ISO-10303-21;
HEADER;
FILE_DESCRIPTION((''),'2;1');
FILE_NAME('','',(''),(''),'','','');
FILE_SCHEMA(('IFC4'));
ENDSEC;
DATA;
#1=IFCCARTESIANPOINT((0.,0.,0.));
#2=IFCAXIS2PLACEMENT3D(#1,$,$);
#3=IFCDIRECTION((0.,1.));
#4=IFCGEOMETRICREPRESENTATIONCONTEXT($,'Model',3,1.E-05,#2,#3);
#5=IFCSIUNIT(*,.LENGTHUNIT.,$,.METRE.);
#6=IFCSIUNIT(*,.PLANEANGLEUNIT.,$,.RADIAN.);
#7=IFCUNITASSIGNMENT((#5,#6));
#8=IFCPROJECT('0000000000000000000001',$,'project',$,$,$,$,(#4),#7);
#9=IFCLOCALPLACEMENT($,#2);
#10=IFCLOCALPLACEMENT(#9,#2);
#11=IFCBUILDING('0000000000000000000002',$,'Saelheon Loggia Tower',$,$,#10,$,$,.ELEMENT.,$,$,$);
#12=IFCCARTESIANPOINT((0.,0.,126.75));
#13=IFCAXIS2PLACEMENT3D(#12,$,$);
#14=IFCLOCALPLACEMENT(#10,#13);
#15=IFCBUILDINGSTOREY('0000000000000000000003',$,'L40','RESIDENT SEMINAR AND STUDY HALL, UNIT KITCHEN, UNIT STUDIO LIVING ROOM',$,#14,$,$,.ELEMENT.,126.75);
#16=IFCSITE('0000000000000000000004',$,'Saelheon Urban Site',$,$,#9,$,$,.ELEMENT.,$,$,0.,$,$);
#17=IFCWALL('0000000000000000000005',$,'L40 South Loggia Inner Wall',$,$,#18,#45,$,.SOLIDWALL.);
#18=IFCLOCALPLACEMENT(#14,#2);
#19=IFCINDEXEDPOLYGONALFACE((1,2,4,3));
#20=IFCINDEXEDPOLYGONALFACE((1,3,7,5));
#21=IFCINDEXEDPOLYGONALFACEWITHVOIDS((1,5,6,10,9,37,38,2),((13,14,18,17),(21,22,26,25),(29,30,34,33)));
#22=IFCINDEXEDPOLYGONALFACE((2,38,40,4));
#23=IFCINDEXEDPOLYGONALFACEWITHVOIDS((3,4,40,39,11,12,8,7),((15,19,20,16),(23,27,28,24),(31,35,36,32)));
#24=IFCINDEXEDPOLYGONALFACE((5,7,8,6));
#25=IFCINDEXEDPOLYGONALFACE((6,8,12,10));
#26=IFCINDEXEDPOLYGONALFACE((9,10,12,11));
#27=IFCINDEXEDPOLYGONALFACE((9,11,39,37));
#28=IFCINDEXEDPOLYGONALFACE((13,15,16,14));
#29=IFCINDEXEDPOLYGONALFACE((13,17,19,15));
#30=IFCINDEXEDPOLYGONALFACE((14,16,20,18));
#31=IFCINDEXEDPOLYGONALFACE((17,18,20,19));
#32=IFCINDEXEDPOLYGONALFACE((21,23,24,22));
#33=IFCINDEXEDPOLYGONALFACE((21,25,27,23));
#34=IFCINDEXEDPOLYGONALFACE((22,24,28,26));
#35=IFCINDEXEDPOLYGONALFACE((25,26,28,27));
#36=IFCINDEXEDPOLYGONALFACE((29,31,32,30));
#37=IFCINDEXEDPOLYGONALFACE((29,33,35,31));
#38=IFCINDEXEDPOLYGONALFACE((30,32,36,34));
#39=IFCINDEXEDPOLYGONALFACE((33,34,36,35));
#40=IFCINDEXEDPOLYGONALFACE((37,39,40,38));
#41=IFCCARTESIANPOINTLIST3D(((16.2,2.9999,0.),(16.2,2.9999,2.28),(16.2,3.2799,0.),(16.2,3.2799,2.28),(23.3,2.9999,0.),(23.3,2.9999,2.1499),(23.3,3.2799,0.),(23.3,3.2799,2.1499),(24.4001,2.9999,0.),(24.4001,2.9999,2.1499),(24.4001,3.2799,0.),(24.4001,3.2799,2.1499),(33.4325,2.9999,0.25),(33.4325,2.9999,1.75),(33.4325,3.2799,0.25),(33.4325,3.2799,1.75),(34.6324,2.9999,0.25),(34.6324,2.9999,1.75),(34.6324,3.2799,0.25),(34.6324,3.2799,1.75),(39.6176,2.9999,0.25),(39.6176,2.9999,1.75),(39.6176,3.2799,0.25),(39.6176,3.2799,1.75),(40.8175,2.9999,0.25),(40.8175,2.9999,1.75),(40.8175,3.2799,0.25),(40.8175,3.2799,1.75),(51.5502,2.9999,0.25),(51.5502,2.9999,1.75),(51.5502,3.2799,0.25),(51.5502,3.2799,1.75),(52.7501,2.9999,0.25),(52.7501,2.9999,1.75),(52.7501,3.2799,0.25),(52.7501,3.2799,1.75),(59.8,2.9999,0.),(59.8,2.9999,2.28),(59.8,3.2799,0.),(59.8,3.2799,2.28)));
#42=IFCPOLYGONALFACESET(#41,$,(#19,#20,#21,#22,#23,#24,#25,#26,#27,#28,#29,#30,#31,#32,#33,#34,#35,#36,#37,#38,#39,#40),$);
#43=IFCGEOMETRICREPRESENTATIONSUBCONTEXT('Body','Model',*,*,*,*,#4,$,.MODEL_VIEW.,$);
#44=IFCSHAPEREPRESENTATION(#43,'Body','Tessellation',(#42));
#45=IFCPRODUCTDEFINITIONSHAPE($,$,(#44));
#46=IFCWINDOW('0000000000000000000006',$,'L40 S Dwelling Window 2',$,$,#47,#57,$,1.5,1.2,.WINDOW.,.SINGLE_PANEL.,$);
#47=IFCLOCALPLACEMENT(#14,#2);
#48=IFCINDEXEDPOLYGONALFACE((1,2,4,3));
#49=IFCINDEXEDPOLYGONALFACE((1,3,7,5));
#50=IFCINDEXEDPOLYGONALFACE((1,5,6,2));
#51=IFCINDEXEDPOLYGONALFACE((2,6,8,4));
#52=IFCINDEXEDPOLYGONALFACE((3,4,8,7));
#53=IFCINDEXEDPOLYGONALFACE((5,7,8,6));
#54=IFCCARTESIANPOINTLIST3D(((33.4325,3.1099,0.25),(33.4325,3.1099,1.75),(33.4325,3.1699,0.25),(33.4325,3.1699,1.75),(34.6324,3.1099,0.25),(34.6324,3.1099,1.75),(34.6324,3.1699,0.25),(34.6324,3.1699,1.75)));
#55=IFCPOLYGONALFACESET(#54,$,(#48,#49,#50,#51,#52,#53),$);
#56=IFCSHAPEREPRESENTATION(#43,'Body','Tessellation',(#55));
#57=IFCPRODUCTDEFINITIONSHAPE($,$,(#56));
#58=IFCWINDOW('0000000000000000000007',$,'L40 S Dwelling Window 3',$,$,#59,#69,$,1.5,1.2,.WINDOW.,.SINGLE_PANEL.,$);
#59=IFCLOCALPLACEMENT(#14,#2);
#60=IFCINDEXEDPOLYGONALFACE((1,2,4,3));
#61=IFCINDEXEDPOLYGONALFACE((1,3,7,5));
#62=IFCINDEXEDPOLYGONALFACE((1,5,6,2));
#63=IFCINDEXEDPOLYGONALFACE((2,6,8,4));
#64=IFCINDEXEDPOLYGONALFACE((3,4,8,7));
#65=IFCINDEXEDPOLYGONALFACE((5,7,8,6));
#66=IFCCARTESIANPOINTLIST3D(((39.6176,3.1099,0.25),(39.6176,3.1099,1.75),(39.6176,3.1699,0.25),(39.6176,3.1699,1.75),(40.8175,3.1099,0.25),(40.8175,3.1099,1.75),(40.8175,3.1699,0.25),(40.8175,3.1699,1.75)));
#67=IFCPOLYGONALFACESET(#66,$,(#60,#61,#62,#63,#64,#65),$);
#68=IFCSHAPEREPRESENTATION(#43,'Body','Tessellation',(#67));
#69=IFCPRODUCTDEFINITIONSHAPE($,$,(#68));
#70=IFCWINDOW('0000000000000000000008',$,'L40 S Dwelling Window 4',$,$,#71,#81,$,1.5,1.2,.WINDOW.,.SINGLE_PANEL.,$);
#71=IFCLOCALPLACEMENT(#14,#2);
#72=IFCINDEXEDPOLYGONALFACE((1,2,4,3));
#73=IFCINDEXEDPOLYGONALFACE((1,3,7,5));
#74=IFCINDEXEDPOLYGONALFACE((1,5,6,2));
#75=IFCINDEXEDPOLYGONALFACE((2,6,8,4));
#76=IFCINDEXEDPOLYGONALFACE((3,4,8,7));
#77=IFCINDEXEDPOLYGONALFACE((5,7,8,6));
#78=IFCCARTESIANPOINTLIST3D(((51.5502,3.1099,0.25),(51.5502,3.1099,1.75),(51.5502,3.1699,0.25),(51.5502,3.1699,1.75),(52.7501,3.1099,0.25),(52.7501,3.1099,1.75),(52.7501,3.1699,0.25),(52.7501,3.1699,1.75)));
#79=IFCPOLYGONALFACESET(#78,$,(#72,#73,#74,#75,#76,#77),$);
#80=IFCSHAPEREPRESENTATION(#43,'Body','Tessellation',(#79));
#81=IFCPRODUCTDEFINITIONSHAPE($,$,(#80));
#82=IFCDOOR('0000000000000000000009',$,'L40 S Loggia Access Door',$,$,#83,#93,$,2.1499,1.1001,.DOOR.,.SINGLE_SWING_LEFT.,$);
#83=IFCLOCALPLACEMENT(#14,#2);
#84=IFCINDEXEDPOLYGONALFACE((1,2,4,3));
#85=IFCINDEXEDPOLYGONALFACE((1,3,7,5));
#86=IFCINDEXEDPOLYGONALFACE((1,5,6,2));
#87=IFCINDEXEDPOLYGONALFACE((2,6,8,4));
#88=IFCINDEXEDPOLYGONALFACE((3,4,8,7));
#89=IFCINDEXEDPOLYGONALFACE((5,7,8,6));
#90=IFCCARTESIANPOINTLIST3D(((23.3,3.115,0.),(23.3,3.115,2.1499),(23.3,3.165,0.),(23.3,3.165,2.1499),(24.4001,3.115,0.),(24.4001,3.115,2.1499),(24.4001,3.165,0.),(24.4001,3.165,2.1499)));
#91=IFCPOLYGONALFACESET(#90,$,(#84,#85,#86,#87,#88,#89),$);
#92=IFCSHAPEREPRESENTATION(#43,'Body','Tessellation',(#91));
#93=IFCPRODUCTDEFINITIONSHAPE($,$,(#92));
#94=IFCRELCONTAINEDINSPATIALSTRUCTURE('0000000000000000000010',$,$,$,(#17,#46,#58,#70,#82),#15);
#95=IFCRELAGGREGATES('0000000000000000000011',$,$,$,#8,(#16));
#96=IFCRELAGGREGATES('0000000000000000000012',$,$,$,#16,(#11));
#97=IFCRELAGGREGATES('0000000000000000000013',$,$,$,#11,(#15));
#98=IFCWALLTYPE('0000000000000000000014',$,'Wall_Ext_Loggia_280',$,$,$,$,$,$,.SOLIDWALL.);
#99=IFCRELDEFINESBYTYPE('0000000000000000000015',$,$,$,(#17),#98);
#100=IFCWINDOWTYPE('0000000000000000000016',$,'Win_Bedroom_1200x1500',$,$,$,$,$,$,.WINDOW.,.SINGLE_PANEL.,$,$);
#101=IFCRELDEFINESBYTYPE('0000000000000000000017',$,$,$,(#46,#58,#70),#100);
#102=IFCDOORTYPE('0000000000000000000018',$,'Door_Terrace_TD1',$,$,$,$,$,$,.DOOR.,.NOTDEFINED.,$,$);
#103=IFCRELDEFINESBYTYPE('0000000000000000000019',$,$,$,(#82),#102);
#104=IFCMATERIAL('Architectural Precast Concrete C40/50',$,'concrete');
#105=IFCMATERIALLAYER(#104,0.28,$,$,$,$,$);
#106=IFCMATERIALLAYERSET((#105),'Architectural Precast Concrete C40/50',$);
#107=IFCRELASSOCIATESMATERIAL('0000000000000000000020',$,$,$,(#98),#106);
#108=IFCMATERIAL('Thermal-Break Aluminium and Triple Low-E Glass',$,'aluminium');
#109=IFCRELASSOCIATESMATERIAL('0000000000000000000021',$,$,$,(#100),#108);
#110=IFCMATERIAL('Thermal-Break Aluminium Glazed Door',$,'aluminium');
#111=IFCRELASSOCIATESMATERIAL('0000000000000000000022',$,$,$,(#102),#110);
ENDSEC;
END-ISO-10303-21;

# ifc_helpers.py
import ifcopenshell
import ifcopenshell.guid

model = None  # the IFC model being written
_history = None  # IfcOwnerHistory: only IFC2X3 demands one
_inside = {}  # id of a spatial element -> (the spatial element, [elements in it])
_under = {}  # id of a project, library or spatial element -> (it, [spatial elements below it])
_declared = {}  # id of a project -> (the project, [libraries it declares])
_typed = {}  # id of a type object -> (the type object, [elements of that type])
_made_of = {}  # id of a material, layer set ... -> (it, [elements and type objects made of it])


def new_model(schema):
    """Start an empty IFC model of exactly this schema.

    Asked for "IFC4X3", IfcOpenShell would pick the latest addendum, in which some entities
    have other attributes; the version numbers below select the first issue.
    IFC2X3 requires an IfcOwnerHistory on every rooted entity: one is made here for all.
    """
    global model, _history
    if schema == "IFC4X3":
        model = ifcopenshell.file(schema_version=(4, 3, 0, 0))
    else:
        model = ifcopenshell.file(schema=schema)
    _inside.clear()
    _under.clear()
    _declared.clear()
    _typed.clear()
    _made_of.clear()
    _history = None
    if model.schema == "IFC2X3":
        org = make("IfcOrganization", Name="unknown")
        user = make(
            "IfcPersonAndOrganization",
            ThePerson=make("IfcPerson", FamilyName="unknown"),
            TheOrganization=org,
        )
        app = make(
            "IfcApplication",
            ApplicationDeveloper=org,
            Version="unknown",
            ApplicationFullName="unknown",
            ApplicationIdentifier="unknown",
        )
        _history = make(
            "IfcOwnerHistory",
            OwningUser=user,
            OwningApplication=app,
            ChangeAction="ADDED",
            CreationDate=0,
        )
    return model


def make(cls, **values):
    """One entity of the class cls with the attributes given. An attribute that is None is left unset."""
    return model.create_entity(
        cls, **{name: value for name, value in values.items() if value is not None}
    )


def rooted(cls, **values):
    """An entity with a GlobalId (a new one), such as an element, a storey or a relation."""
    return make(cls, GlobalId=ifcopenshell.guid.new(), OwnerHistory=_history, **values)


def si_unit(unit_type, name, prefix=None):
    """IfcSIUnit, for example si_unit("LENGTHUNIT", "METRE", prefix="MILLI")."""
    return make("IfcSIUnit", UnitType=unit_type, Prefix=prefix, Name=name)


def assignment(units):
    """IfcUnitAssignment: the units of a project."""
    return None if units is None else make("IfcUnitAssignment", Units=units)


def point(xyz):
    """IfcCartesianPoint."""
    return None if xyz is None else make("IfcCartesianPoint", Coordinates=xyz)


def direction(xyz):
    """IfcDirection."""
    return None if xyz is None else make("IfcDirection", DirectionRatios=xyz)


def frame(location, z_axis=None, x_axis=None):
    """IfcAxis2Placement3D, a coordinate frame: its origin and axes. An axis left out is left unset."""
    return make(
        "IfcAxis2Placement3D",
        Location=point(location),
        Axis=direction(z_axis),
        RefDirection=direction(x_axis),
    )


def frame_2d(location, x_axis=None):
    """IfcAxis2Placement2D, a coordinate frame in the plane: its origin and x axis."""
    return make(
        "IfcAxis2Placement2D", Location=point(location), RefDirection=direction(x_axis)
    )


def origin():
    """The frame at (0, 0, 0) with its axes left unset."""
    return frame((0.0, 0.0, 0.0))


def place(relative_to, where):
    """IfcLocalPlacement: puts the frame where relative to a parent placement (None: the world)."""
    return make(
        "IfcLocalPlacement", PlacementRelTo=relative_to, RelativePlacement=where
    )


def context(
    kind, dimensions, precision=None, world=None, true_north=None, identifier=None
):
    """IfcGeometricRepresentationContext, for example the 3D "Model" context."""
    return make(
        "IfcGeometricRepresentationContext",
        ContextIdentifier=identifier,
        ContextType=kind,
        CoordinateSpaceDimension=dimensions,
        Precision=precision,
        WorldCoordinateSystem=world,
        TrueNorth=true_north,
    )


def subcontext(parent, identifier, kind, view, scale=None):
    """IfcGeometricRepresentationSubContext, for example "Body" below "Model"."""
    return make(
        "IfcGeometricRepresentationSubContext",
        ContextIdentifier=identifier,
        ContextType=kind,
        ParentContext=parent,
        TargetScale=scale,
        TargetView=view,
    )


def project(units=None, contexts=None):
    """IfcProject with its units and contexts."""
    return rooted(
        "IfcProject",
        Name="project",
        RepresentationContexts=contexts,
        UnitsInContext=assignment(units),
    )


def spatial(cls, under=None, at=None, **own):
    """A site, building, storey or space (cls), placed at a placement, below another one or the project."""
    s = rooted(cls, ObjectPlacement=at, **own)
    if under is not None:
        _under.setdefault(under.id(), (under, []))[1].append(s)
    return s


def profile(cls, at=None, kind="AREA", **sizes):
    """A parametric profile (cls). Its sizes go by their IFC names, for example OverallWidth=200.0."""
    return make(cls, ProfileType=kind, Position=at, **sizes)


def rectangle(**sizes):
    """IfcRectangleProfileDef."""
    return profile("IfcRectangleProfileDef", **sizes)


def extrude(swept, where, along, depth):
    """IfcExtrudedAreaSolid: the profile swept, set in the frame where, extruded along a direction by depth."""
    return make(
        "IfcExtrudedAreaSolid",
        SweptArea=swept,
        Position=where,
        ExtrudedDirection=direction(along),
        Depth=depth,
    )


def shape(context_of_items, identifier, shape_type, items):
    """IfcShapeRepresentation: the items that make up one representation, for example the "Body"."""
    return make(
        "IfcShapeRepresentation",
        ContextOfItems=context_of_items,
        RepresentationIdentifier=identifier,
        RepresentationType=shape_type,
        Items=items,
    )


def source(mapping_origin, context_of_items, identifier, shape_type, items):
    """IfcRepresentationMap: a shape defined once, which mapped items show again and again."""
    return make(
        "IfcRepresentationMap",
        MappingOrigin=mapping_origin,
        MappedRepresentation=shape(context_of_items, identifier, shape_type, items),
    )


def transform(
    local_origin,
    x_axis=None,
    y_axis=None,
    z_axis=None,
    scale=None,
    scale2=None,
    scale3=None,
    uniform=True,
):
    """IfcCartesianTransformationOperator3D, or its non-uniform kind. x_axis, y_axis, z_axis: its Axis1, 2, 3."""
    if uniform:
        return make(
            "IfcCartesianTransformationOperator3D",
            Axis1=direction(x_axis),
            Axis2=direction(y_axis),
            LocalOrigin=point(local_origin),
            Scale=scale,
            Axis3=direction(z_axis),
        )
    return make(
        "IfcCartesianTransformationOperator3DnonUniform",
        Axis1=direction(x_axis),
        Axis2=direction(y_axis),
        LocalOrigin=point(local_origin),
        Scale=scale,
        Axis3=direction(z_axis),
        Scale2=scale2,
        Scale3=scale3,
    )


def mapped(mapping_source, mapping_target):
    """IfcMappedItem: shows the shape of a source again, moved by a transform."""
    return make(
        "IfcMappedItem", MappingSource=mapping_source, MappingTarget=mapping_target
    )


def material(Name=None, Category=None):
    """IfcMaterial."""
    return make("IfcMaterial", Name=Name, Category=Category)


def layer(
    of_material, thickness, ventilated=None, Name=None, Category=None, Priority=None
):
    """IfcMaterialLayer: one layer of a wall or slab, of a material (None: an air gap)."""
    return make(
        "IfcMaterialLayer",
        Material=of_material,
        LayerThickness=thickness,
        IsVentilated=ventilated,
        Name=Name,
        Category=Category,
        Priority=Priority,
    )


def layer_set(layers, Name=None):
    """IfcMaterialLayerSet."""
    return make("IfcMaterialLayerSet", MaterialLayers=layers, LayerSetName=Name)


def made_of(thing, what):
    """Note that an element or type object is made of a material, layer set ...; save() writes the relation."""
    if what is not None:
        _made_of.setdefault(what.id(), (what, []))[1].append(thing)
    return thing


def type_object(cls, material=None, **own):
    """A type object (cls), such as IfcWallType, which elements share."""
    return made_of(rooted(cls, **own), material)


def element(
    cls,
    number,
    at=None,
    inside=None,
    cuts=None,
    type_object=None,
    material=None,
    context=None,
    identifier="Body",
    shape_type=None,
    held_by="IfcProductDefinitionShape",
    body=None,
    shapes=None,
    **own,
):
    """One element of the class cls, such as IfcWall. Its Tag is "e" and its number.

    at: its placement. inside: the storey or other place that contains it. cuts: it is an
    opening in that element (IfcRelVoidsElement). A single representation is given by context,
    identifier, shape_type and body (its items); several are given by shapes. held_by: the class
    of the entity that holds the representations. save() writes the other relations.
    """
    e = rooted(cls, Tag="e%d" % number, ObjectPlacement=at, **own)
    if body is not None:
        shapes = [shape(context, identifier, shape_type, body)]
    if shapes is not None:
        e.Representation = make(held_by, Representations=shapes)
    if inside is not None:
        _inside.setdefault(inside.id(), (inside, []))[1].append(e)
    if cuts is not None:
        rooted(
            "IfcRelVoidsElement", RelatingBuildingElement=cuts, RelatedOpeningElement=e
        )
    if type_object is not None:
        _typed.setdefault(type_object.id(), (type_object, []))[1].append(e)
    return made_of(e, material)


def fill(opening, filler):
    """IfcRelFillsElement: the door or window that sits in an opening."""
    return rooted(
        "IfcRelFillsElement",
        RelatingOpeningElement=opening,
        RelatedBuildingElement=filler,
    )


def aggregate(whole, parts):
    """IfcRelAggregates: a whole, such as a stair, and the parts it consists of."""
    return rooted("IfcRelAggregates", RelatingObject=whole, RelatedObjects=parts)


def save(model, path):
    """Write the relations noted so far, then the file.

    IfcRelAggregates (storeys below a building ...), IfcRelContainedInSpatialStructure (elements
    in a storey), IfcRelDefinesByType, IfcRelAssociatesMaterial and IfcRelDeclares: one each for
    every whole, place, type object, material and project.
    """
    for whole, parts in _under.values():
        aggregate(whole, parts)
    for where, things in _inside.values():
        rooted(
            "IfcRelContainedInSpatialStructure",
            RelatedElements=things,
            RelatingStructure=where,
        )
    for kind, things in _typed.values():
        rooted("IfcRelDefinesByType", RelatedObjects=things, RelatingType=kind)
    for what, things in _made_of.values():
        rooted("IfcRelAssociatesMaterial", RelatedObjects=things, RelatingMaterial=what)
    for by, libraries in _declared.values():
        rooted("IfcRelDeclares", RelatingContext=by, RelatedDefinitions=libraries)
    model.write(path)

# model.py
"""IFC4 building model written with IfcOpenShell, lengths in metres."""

from ifc_helpers import new_model, si_unit, direction, frame, frame_2d, origin, place, context, subcontext, project, spatial, rectangle, extrude, source, transform, mapped, material, layer, layer_set, type_object, element, fill, save


model = new_model("IFC4")

# Units and contexts
model_context = context("Model", 3, precision=1e-05, world=origin(), true_north=direction((0.0, 1.0)))
body_context = subcontext(model_context, "Body", "Model", "MODEL_VIEW")
ifc_project = project(units=[si_unit("LENGTHUNIT", "METRE"), si_unit("PLANEANGLEUNIT", "RADIAN")], contexts=[model_context])

# Site, building, storey
site_placement = place(None, origin())
site = spatial("IfcSite", under=ifc_project, at=site_placement, Name="Saelheon Urban Site", CompositionType="ELEMENT", RefElevation=0.0)
building_placement = place(site_placement, origin())
building = spatial("IfcBuilding", under=site, at=building_placement, Name="Saelheon Loggia Tower", CompositionType="ELEMENT")
storey_placement = place(building_placement, frame((0.0, 0.0, 126.75)))
storey = spatial("IfcBuildingStorey", under=building, at=storey_placement, Name="L40", Description="RESIDENT SEMINAR AND STUDY HALL, UNIT KITCHEN, UNIT STUDIO LIVING ROOM", CompositionType="ELEMENT", Elevation=126.75)

# Wall, openings, windows, door
ifc_material_1 = material(Name="Architectural Precast Concrete C40/50", Category="concrete")
ifc_layer_1 = layer(ifc_material_1, 0.28)
ifc_layer_set_1 = layer_set([ifc_layer_1], Name="Architectural Precast Concrete C40/50")
wall_type = type_object("IfcWallType", Name="Wall_Ext_Loggia_280", PredefinedType="SOLIDWALL", material=ifc_layer_set_1)
wall_placement = place(storey_placement, frame((16.2, 3.1399, 0.0), z_axis=(0.0, 0.0, 1.0), x_axis=(1.0, 0.0, 0.0)))
wall = element("IfcWall", 1, at=wall_placement, inside=storey, type_object=wall_type, Name="L40 South Loggia Inner Wall", PredefinedType="SOLIDWALL", context=body_context, shape_type="SweptSolid", body=[
    extrude(rectangle(XDim=43.6001, YDim=0.28, at=frame_2d((21.8, 0.0))), origin(), (0.0, 0.0, 1.0), 2.28),
])
opening_1_placement = place(wall_placement, frame((8.2002, 0.0, 0.0), z_axis=(0.0, 0.0, 1.0), x_axis=(-1.0, 0.0, 0.0)))
opening_1 = element("IfcOpeningElement", 2, at=opening_1_placement, cuts=wall, PredefinedType="OPENING", context=body_context, shape_type="SweptSolid", body=[
    extrude(rectangle(XDim=1.1001, YDim=2.1499, at=frame_2d((0.55, 1.075))), frame((0.0, 0.1521, 0.0), z_axis=(0.0, -1.0, 0.0), x_axis=(1.0, 0.0, 0.0)), (0.0, 0.0, 1.0), 0.304),
])
opening_2_placement = place(wall_placement, frame((17.2324, 0.0, 0.25)))
opening_2 = element("IfcOpeningElement", 3, at=opening_2_placement, cuts=wall, PredefinedType="OPENING", context=body_context, shape_type="SweptSolid", body=[
    extrude(rectangle(XDim=1.2, YDim=1.5, at=frame_2d((0.6001, 0.75))), frame((0.0, 0.1521, 0.0), z_axis=(0.0, -1.0, 0.0), x_axis=(1.0, 0.0, 0.0)), (0.0, 0.0, 1.0), 0.304),
])
opening_3_placement = place(wall_placement, frame((23.4175, 0.0, 0.25)))
opening_3 = element("IfcOpeningElement", 4, at=opening_3_placement, cuts=wall, PredefinedType="OPENING", context=body_context, shape_type="SweptSolid", body=[
    extrude(rectangle(XDim=1.2, YDim=1.5, at=frame_2d((0.6001, 0.75))), frame((0.0, 0.1521, 0.0), z_axis=(0.0, -1.0, 0.0), x_axis=(1.0, 0.0, 0.0)), (0.0, 0.0, 1.0), 0.304),
])
opening_4_placement = place(wall_placement, frame((35.3501, 0.0, 0.25)))
opening_4 = element("IfcOpeningElement", 5, at=opening_4_placement, cuts=wall, PredefinedType="OPENING", context=body_context, shape_type="SweptSolid", body=[
    extrude(rectangle(XDim=1.2, YDim=1.5, at=frame_2d((0.6001, 0.75))), frame((0.0, 0.1521, 0.0), z_axis=(0.0, -1.0, 0.0), x_axis=(1.0, 0.0, 0.0)), (0.0, 0.0, 1.0), 0.304),
])
ifc_material_2 = material(Name="Thermal-Break Aluminium and Triple Low-E Glass", Category="aluminium")
window_type = type_object("IfcWindowType", Name="Win_Bedroom_1200x1500", PartitioningType="SINGLE_PANEL", PredefinedType="WINDOW", material=ifc_material_2)
shared_shape_1 = source(origin(), body_context, "Body", "SweptSolid", [
    extrude(rectangle(XDim=1.2, YDim=1.5, at=frame_2d((0.6001, 0.75))), frame((0.0, 0.03, 0.0), z_axis=(0.0, -1.0, 0.0), x_axis=(1.0, 0.0, 0.0)), (0.0, 0.0, 1.0), 0.0601),
])
window_1_placement = place(opening_2_placement, origin())
window_1 = element("IfcWindow", 6, at=window_1_placement, inside=storey, type_object=window_type, Name="L40 S Dwelling Window 2", OverallHeight=1.5, OverallWidth=1.2, PartitioningType="SINGLE_PANEL", PredefinedType="WINDOW", context=body_context, shape_type="MappedRepresentation", body=[
    mapped(shared_shape_1, transform((0.0, 0.0, 0.0), scale=1.0)),
])
fill(opening_2, window_1)
window_2_placement = place(opening_3_placement, origin())
window_2 = element("IfcWindow", 7, at=window_2_placement, inside=storey, type_object=window_type, Name="L40 S Dwelling Window 3", OverallHeight=1.5, OverallWidth=1.2, PartitioningType="SINGLE_PANEL", PredefinedType="WINDOW", context=body_context, shape_type="MappedRepresentation", body=[
    mapped(shared_shape_1, transform((0.0, 0.0, 0.0), scale=1.0)),
])
fill(opening_3, window_2)
window_3_placement = place(opening_4_placement, origin())
window_3 = element("IfcWindow", 8, at=window_3_placement, inside=storey, type_object=window_type, Name="L40 S Dwelling Window 4", OverallHeight=1.5, OverallWidth=1.2, PartitioningType="SINGLE_PANEL", PredefinedType="WINDOW", context=body_context, shape_type="MappedRepresentation", body=[
    mapped(shared_shape_1, transform((0.0, 0.0, 0.0), scale=1.0)),
])
fill(opening_4, window_3)
ifc_material_3 = material(Name="Thermal-Break Aluminium Glazed Door", Category="aluminium")
door_type = type_object("IfcDoorType", Name="Door_Terrace_TD1", OperationType="NOTDEFINED", PredefinedType="DOOR", material=ifc_material_3)
shared_shape_2 = source(origin(), body_context, "Body", "SweptSolid", [
    extrude(rectangle(XDim=1.1001, YDim=2.1499, at=frame_2d((0.55, 1.075))), frame((0.0, 0.0249, 0.0), z_axis=(0.0, -1.0, 0.0), x_axis=(1.0, 0.0, 0.0)), (0.0, 0.0, 1.0), 0.05),
])
door_placement = place(opening_1_placement, origin())
door = element("IfcDoor", 9, at=door_placement, inside=storey, type_object=door_type, Name="L40 S Loggia Access Door", OperationType="SINGLE_SWING_LEFT", OverallHeight=2.1499, OverallWidth=1.1001, PredefinedType="DOOR", context=body_context, shape_type="MappedRepresentation", body=[
    mapped(shared_shape_2, transform((0.0, 0.0, 0.0), scale=1.0)),
])
fill(opening_1, door)

save(model, "model.ifc")
